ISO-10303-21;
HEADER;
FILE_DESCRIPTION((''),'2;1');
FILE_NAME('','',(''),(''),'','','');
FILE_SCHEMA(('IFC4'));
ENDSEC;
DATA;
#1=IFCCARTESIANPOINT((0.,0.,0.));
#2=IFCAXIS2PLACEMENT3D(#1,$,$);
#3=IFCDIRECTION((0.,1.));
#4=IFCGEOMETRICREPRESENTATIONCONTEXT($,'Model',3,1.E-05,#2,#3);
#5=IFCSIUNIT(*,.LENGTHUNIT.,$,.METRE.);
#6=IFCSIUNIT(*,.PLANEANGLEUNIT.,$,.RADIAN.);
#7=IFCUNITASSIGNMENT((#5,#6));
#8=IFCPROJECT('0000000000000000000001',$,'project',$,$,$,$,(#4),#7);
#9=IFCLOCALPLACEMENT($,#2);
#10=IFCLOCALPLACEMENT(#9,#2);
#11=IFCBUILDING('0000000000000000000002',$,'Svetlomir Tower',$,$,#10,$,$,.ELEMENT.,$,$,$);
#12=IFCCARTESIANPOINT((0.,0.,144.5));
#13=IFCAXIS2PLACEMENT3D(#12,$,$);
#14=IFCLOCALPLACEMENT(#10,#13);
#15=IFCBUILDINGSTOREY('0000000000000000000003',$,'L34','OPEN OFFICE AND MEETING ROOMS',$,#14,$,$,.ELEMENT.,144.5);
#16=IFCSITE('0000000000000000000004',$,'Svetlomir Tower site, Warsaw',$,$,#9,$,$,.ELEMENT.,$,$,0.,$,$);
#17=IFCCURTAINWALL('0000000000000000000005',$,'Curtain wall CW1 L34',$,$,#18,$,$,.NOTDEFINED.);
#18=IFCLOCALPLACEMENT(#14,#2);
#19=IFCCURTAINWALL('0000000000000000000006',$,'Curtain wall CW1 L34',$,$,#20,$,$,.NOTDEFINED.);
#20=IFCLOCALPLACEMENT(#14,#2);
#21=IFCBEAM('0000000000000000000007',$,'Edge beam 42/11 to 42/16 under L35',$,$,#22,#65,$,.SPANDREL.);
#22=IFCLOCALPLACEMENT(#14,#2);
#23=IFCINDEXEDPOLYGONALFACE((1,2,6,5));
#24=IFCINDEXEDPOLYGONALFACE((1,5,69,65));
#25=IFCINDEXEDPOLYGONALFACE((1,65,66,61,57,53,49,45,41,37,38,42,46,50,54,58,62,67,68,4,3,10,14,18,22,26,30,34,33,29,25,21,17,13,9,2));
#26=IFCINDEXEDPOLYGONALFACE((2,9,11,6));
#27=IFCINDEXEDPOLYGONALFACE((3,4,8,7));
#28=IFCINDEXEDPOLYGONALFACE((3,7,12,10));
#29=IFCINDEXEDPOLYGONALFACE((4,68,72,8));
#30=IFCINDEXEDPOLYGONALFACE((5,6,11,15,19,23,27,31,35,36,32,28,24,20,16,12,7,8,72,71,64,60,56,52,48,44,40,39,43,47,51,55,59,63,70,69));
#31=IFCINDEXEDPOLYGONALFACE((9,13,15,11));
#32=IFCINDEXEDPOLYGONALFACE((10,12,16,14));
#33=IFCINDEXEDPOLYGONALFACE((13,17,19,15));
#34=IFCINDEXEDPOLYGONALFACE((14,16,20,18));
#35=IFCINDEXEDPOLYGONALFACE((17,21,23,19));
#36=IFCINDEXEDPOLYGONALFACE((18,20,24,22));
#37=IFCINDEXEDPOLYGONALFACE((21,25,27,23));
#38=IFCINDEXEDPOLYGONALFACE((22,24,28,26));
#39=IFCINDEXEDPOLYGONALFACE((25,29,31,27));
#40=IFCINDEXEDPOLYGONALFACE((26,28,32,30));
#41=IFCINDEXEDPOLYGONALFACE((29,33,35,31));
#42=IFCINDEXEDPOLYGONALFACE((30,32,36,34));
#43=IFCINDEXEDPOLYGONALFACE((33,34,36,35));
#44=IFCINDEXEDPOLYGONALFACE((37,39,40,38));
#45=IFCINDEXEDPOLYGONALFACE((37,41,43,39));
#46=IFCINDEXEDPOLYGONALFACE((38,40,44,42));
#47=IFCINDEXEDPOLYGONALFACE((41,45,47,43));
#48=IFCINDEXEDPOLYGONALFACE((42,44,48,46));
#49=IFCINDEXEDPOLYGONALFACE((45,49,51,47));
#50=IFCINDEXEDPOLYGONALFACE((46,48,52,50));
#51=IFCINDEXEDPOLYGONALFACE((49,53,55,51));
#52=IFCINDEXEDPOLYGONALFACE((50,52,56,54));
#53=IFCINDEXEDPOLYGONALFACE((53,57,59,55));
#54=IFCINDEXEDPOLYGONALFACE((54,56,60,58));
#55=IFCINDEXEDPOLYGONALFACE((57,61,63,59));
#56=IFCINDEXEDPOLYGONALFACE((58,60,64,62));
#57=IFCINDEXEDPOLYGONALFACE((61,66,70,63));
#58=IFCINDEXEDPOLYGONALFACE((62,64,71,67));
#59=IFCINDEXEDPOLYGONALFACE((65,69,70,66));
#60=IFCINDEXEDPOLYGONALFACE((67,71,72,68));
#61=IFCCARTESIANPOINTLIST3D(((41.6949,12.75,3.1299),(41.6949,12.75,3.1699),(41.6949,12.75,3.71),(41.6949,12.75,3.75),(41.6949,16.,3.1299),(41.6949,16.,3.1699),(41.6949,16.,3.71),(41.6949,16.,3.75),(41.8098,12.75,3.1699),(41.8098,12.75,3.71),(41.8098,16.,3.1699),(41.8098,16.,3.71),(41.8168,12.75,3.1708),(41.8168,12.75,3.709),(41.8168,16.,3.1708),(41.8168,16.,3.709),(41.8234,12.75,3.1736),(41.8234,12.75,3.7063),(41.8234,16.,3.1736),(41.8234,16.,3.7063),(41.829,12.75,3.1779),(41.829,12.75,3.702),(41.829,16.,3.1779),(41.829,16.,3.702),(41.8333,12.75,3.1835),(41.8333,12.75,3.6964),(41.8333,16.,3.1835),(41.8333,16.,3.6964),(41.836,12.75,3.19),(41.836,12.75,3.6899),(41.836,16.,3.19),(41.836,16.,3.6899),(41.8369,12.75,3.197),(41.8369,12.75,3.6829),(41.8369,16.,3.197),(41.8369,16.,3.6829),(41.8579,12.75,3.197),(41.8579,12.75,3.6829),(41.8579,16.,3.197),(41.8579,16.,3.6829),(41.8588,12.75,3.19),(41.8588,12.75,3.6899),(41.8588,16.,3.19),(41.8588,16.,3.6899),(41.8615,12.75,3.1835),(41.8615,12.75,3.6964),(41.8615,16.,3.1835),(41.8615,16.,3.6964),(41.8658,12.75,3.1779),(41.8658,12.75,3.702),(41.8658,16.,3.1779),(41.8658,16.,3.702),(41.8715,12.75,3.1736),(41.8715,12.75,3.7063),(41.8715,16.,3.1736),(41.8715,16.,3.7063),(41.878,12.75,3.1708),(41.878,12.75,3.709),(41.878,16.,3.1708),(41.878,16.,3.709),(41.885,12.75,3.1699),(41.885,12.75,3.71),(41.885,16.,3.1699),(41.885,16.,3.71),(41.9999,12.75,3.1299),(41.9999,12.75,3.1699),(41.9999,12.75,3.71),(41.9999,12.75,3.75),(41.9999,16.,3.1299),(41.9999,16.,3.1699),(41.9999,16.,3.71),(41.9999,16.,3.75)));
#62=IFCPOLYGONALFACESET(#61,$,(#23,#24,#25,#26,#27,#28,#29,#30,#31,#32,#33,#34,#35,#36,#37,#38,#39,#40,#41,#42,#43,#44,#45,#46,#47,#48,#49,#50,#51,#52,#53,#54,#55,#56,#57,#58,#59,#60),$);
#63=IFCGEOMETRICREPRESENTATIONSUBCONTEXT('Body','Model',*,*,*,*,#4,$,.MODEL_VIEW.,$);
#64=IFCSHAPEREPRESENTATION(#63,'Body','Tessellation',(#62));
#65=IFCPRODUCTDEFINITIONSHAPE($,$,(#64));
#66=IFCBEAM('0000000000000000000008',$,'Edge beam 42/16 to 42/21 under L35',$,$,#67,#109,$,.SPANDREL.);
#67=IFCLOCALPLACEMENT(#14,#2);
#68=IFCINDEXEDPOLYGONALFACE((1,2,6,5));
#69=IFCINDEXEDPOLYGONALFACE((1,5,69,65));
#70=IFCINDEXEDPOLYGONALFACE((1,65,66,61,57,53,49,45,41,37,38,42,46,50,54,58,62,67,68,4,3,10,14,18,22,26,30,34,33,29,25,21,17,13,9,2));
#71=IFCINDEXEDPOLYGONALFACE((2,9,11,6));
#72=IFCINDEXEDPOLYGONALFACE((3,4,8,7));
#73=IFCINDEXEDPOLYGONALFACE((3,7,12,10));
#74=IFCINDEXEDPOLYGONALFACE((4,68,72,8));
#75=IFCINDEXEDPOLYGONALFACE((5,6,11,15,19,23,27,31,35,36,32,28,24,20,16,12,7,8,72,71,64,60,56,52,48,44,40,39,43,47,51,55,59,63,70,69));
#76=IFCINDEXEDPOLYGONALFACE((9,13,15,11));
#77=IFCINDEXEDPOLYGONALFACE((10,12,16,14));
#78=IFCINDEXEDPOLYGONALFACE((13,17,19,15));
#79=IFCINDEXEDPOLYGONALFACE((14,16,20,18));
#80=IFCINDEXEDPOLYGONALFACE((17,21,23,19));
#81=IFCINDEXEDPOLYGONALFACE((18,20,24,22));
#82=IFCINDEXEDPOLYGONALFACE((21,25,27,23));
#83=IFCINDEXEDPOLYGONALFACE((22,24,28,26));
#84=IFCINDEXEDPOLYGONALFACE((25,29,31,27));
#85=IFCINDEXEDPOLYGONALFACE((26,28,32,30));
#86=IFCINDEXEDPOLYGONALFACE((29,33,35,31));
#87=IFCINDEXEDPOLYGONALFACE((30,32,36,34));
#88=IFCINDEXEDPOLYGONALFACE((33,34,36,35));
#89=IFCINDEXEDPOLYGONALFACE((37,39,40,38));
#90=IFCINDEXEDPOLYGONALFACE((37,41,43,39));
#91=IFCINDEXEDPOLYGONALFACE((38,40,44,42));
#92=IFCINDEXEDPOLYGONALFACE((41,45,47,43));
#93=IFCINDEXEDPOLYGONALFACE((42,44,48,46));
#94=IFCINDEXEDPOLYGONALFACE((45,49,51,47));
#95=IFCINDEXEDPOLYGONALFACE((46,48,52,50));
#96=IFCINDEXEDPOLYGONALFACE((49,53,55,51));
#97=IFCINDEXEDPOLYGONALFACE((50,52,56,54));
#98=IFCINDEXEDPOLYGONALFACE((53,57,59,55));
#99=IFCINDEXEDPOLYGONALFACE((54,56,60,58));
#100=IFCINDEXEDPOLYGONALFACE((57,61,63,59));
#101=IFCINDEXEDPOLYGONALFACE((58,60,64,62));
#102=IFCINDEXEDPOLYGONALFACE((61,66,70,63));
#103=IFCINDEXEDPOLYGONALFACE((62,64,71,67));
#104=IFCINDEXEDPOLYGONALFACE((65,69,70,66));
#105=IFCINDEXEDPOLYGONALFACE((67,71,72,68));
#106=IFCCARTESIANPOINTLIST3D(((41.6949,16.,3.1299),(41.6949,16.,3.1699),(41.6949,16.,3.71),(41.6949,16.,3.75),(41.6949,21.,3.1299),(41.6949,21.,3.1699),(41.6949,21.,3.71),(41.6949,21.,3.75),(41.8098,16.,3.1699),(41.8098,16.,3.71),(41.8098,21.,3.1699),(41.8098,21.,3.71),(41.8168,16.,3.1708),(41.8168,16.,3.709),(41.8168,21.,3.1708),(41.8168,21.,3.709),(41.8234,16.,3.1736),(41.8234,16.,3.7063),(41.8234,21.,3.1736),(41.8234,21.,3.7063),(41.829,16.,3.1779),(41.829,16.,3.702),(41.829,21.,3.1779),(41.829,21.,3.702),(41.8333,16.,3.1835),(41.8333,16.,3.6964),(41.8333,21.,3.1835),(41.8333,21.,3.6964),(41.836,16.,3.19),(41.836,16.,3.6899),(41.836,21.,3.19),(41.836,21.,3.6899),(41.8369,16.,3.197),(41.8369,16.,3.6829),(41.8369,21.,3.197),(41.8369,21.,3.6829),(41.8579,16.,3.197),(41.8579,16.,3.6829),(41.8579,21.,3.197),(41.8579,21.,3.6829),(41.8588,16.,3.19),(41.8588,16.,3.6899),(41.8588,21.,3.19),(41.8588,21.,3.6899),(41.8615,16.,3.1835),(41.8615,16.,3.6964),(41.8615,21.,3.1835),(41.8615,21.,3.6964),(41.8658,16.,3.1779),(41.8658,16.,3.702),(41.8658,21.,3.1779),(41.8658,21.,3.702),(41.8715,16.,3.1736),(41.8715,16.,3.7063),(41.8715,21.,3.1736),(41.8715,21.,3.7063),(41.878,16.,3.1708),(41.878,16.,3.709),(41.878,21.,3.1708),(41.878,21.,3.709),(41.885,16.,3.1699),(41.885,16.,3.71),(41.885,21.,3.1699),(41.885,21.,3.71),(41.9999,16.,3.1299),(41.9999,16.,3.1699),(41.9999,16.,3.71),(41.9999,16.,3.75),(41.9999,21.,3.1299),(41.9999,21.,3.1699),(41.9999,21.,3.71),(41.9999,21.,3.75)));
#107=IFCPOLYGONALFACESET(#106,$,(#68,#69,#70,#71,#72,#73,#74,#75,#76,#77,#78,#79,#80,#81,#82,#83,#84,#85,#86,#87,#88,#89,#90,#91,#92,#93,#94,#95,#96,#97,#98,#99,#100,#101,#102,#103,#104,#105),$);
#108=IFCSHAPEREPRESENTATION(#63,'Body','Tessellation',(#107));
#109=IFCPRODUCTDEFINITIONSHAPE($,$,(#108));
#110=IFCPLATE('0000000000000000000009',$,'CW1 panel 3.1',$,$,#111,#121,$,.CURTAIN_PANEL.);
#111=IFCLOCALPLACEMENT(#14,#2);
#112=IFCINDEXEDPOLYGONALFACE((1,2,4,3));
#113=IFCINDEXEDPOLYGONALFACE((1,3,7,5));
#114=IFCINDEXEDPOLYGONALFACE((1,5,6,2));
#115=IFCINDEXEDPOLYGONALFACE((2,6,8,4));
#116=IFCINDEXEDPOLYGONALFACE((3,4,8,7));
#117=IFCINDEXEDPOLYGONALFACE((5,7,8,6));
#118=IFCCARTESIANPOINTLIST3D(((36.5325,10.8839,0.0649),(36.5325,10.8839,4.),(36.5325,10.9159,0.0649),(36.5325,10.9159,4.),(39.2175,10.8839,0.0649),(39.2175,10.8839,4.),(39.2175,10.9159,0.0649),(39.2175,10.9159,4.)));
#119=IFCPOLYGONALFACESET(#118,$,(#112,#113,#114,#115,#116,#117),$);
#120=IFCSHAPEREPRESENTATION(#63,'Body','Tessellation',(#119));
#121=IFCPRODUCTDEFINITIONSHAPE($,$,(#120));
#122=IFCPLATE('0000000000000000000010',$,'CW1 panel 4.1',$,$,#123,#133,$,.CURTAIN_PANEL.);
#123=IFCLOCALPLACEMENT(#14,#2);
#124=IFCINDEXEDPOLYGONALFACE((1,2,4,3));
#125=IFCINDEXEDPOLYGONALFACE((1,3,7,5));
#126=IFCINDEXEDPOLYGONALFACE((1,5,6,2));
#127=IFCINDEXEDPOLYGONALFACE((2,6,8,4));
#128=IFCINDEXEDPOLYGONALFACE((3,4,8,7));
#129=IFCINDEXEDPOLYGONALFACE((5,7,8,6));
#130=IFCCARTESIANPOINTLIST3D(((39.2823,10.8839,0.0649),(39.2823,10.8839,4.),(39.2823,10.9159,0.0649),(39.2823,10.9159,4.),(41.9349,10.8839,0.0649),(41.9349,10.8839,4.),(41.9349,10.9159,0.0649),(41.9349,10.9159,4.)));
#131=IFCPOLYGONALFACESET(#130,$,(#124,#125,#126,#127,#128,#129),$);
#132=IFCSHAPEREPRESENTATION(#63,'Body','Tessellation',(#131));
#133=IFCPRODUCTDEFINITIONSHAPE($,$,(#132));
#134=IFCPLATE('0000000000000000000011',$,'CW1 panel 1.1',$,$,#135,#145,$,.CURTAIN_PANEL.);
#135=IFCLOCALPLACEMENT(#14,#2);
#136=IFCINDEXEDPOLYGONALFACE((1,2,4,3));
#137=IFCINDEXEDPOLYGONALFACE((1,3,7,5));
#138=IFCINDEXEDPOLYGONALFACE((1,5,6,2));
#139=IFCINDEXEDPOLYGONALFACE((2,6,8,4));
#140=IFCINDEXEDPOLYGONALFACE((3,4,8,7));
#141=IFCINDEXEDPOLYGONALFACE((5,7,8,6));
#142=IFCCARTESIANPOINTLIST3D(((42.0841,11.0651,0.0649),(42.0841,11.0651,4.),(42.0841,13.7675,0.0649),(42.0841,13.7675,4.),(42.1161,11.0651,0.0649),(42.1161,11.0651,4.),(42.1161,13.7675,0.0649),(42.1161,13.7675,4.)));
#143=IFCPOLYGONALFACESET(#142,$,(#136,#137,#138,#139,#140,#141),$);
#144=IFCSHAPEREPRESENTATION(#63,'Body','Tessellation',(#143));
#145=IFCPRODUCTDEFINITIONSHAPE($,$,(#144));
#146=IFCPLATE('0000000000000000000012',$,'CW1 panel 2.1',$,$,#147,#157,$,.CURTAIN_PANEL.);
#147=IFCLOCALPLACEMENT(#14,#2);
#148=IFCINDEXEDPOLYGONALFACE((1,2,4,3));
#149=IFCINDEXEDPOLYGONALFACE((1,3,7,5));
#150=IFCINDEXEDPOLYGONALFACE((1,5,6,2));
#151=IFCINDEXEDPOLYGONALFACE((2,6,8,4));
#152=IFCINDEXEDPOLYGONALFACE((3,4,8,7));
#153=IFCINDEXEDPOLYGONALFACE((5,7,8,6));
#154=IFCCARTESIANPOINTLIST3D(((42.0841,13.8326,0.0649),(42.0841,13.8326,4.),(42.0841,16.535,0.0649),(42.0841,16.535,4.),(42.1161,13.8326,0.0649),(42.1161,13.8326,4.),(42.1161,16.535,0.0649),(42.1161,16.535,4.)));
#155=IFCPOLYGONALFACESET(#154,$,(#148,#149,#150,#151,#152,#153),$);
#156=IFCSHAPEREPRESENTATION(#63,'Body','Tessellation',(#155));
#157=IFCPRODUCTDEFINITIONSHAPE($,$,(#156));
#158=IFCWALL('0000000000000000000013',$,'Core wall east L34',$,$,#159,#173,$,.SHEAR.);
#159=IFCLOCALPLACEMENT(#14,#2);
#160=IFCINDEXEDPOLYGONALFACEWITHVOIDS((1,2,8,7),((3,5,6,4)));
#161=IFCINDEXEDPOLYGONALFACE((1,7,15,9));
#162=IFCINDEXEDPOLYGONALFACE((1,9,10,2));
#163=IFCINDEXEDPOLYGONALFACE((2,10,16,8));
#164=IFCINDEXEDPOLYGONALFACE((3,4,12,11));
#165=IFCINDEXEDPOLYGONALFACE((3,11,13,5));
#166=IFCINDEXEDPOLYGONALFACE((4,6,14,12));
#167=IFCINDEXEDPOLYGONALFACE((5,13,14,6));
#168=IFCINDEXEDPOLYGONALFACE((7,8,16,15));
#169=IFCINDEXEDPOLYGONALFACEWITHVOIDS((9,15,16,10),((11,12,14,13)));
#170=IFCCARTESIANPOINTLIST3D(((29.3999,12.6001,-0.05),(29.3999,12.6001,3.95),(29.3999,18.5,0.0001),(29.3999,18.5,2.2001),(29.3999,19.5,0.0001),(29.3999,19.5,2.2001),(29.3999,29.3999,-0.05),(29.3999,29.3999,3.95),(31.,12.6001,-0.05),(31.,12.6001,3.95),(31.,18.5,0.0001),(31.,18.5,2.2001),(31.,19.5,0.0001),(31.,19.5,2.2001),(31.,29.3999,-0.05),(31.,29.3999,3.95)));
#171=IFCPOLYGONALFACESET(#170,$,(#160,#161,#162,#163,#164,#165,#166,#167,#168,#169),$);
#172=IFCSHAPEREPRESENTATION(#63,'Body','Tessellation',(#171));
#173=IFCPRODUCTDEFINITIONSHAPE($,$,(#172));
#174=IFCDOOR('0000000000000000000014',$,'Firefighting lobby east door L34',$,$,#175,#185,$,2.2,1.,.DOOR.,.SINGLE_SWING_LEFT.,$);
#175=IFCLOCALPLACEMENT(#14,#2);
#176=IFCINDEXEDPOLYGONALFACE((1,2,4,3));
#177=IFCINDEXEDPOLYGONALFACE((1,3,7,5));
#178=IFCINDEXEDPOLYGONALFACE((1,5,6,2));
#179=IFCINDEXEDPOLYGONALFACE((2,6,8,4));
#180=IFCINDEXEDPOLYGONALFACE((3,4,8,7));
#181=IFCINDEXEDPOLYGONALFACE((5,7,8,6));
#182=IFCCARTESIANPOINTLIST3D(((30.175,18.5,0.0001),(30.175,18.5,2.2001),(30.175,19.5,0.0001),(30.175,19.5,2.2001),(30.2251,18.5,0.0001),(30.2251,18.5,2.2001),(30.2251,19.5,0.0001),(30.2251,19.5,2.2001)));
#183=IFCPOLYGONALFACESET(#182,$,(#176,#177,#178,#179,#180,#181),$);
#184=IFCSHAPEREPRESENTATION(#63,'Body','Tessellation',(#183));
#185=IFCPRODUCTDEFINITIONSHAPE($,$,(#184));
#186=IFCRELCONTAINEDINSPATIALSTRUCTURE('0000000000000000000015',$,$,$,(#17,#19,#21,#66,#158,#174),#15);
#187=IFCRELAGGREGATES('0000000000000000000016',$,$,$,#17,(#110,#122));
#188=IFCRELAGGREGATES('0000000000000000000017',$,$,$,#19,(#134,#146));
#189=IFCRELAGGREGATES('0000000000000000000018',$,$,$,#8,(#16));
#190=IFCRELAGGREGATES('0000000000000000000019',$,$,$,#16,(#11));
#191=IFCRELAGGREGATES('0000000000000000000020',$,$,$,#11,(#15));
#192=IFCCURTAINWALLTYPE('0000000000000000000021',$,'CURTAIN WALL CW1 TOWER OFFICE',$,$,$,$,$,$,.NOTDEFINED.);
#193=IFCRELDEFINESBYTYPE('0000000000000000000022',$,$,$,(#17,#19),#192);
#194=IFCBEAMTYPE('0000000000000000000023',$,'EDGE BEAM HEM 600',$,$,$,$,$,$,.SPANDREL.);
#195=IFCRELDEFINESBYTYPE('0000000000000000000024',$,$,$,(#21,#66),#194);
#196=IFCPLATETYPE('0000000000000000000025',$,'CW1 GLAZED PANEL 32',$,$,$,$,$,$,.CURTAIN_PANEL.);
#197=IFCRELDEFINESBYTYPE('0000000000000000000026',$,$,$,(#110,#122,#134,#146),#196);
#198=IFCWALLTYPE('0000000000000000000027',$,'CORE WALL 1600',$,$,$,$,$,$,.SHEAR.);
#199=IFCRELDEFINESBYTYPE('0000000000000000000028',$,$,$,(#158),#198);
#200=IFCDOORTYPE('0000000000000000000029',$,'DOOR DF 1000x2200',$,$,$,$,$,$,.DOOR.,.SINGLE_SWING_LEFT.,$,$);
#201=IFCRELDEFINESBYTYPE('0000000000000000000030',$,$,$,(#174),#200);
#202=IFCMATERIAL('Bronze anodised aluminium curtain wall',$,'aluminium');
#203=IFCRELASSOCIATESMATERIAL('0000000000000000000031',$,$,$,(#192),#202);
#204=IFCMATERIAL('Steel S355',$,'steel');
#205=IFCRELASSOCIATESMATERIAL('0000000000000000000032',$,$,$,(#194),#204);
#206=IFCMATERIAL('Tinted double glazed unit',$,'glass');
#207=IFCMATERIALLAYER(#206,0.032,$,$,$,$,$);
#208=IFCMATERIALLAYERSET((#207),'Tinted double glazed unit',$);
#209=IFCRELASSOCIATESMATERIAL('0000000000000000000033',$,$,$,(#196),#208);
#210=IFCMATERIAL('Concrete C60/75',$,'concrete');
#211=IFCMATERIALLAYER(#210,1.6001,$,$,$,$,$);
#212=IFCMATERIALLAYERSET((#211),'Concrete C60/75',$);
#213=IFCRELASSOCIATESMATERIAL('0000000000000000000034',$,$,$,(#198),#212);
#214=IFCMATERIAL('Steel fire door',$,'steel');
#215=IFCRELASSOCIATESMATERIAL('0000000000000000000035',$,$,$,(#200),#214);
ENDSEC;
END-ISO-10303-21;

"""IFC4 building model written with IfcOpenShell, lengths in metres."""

from ifc_helpers import new_model, si_unit, direction, frame, frame_2d, origin, origin_2d, place, context, subcontext, project, spatial, rectangle, i_section, extrude, material, layer, layer_set, material_profile, profile_set, type_object, element, fill, aggregate, save


model = new_model("IFC4")

# Units and contexts
model_context = context("Model", 3, precision=1e-05, world=origin(), true_north=direction((0.0, 1.0)))
body_context = subcontext(model_context, "Body", "Model", "MODEL_VIEW")
ifc_project = project(units=[si_unit("LENGTHUNIT", "METRE"), si_unit("PLANEANGLEUNIT", "RADIAN")], contexts=[model_context])

# Site, building, storey
site_placement = place(None, origin())
site = spatial("IfcSite", under=ifc_project, at=site_placement, Name="Svetlomir Tower site, Warsaw", CompositionType="ELEMENT", RefElevation=0.0)
building_placement = place(site_placement, origin())
building = spatial("IfcBuilding", under=site, at=building_placement, Name="Svetlomir Tower", CompositionType="ELEMENT")
storey_placement = place(building_placement, frame((0.0, 0.0, 144.5)))
storey = spatial("IfcBuildingStorey", under=building, at=storey_placement, Name="L34", Description="OPEN OFFICE AND MEETING ROOMS", CompositionType="ELEMENT", Elevation=144.5)

# Shared definitions
ifc_material_1 = material(Name="Bronze anodised aluminium curtain wall", Category="aluminium")
curtain_wall_type = type_object("IfcCurtainWallType", Name="CURTAIN WALL CW1 TOWER OFFICE", PredefinedType="NOTDEFINED", material=ifc_material_1)

# Curtain walls
curtain_wall_1_placement = place(storey_placement, origin())
curtain_wall_1 = element("IfcCurtainWall", 1, at=curtain_wall_1_placement, inside=storey, type_object=curtain_wall_type, Name="Curtain wall CW1 L34", PredefinedType="NOTDEFINED")
curtain_wall_2_placement = place(storey_placement, origin())
curtain_wall_2 = element("IfcCurtainWall", 2, at=curtain_wall_2_placement, inside=storey, type_object=curtain_wall_type, Name="Curtain wall CW1 L34", PredefinedType="NOTDEFINED")

# Beams
ifc_material_2 = material(Name="Steel S355", Category="steel")
ifc_material_profile_1 = material_profile(ifc_material_2, i_section(OverallWidth=0.3049, OverallDepth=0.6201, WebThickness=0.021, FlangeThickness=0.04, FilletRadius=0.0271, at=origin_2d()), Name="HEM 600")
ifc_profile_set_1 = profile_set([ifc_material_profile_1], Name="Steel S355")
beam_type_1 = type_object("IfcBeamType", Name="EDGE BEAM HEM 600", PredefinedType="SPANDREL", material=ifc_profile_set_1)
beam_1_placement = place(storey_placement, frame((41.8474, 12.75, 3.4399), z_axis=(0.0, 1.0, 0.0), x_axis=(-1.0, 0.0, 0.0)))
element("IfcBeam", 3, at=beam_1_placement, inside=storey, type_object=beam_type_1, Name="Edge beam 42/11 to 42/16 under L35", PredefinedType="SPANDREL", context=body_context, shape_type="SweptSolid", body=[
    extrude(i_section(OverallWidth=0.3049, OverallDepth=0.6201, WebThickness=0.021, FlangeThickness=0.04, FilletRadius=0.0271, at=origin_2d()), origin(), (0.0, 0.0, 1.0), 3.25),
])
beam_2_placement = place(storey_placement, frame((41.8474, 16.0, 3.4399), z_axis=(0.0, 1.0, 0.0), x_axis=(-1.0, 0.0, 0.0)))
element("IfcBeam", 4, at=beam_2_placement, inside=storey, type_object=beam_type_1, Name="Edge beam 42/16 to 42/21 under L35", PredefinedType="SPANDREL", context=body_context, shape_type="SweptSolid", body=[
    extrude(i_section(OverallWidth=0.3049, OverallDepth=0.6201, WebThickness=0.021, FlangeThickness=0.04, FilletRadius=0.0271, at=origin_2d()), origin(), (0.0, 0.0, 1.0), 5.0),
])

# Plates
ifc_material_3 = material(Name="Tinted double glazed unit", Category="glass")
ifc_layer_1 = layer(ifc_material_3, 0.032)
ifc_layer_set_1 = layer_set([ifc_layer_1], Name="Tinted double glazed unit")
plate_type = type_object("IfcPlateType", Name="CW1 GLAZED PANEL 32", PredefinedType="CURTAIN_PANEL", material=ifc_layer_set_1)
plate_1_placement = place(storey_placement, frame((37.875, 10.8999, 0.0649), z_axis=(0.0, 0.0, 1.0), x_axis=(1.0, 0.0, 0.0)))
plate_1 = element("IfcPlate", 5, at=plate_1_placement, type_object=plate_type, Name="CW1 panel 3.1", PredefinedType="CURTAIN_PANEL", context=body_context, shape_type="SweptSolid", body=[
    extrude(rectangle(XDim=2.6851, YDim=0.032, at=origin_2d()), origin(), (0.0, 0.0, 1.0), 3.9351),
])
plate_2_placement = place(storey_placement, frame((40.6086, 10.8999, 0.0649), z_axis=(0.0, 0.0, 1.0), x_axis=(1.0, 0.0, 0.0)))
plate_2 = element("IfcPlate", 6, at=plate_2_placement, type_object=plate_type, Name="CW1 panel 4.1", PredefinedType="CURTAIN_PANEL", context=body_context, shape_type="SweptSolid", body=[
    extrude(rectangle(XDim=2.6526, YDim=0.032, at=origin_2d()), origin(), (0.0, 0.0, 1.0), 3.9351),
])
aggregate(curtain_wall_1, [plate_1, plate_2])
plate_3_placement = place(storey_placement, frame((42.1001, 12.4163, 0.0649), z_axis=(0.0, 0.0, 1.0), x_axis=(0.0, 1.0, 0.0)))
plate_3 = element("IfcPlate", 7, at=plate_3_placement, type_object=plate_type, Name="CW1 panel 1.1", PredefinedType="CURTAIN_PANEL", context=body_context, shape_type="SweptSolid", body=[
    extrude(rectangle(XDim=2.7024, YDim=0.032, at=origin_2d()), origin(), (0.0, 0.0, 1.0), 3.9351),
])
plate_4_placement = place(storey_placement, frame((42.1001, 15.1838, 0.0649), z_axis=(0.0, 0.0, 1.0), x_axis=(0.0, 1.0, 0.0)))
plate_4 = element("IfcPlate", 8, at=plate_4_placement, type_object=plate_type, Name="CW1 panel 2.1", PredefinedType="CURTAIN_PANEL", context=body_context, shape_type="SweptSolid", body=[
    extrude(rectangle(XDim=2.7024, YDim=0.032, at=origin_2d()), origin(), (0.0, 0.0, 1.0), 3.9351),
])
aggregate(curtain_wall_2, [plate_3, plate_4])

# Wall, opening, door
ifc_material_4 = material(Name="Concrete C60/75", Category="concrete")
ifc_layer_2 = layer(ifc_material_4, 1.6001)
ifc_layer_set_2 = layer_set([ifc_layer_2], Name="Concrete C60/75")
wall_type_1 = type_object("IfcWallType", Name="CORE WALL 1600", PredefinedType="SHEAR", material=ifc_layer_set_2)
wall_1_placement = place(storey_placement, frame((30.2, 12.6001, -0.05), z_axis=(0.0, 0.0, 1.0), x_axis=(0.0, 1.0, 0.0)))
wall_1 = element("IfcWall", 9, at=wall_1_placement, inside=storey, type_object=wall_type_1, Name="Core wall east L34", PredefinedType="SHEAR", context=body_context, shape_type="SweptSolid", body=[
    extrude(rectangle(XDim=16.7998, YDim=1.6001, at=frame_2d((8.3999, 0.0))), origin(), (0.0, 0.0, 1.0), 4.0),
])
opening_1_placement = place(wall_1_placement, frame((5.8999, 0.0, 0.05)))
opening_1 = element("IfcOpeningElement", 10, at=opening_1_placement, cuts=wall_1, PredefinedType="OPENING", context=body_context, shape_type="SweptSolid", body=[
    extrude(rectangle(XDim=1.0, YDim=2.2, at=frame_2d((0.5, 1.1001))), frame((0.0, 0.8101, 0.0), z_axis=(0.0, -1.0, 0.0), x_axis=(1.0, 0.0, 0.0)), (0.0, 0.0, 1.0), 1.6201),
])
ifc_material_5 = material(Name="Steel fire door", Category="steel")
door_type_1 = type_object("IfcDoorType", Name="DOOR DF 1000x2200", OperationType="SINGLE_SWING_LEFT", PredefinedType="DOOR", material=ifc_material_5)
door_1_placement = place(opening_1_placement, origin())
door_1 = element("IfcDoor", 11, at=door_1_placement, inside=storey, type_object=door_type_1, Name="Firefighting lobby east door L34", OperationType="SINGLE_SWING_LEFT", OverallHeight=2.2, OverallWidth=1.0, PredefinedType="DOOR", context=body_context, shape_type="SweptSolid", body=[
    extrude(rectangle(XDim=1.0, YDim=2.2, at=frame_2d((0.5, 1.1001))), frame((0.0, 0.0249, 0.0), z_axis=(0.0, -1.0, 0.0), x_axis=(1.0, 0.0, 0.0)), (0.0, 0.0, 1.0), 0.05),
])
fill(opening_1, door_1)

save(model, "model.ifc")
